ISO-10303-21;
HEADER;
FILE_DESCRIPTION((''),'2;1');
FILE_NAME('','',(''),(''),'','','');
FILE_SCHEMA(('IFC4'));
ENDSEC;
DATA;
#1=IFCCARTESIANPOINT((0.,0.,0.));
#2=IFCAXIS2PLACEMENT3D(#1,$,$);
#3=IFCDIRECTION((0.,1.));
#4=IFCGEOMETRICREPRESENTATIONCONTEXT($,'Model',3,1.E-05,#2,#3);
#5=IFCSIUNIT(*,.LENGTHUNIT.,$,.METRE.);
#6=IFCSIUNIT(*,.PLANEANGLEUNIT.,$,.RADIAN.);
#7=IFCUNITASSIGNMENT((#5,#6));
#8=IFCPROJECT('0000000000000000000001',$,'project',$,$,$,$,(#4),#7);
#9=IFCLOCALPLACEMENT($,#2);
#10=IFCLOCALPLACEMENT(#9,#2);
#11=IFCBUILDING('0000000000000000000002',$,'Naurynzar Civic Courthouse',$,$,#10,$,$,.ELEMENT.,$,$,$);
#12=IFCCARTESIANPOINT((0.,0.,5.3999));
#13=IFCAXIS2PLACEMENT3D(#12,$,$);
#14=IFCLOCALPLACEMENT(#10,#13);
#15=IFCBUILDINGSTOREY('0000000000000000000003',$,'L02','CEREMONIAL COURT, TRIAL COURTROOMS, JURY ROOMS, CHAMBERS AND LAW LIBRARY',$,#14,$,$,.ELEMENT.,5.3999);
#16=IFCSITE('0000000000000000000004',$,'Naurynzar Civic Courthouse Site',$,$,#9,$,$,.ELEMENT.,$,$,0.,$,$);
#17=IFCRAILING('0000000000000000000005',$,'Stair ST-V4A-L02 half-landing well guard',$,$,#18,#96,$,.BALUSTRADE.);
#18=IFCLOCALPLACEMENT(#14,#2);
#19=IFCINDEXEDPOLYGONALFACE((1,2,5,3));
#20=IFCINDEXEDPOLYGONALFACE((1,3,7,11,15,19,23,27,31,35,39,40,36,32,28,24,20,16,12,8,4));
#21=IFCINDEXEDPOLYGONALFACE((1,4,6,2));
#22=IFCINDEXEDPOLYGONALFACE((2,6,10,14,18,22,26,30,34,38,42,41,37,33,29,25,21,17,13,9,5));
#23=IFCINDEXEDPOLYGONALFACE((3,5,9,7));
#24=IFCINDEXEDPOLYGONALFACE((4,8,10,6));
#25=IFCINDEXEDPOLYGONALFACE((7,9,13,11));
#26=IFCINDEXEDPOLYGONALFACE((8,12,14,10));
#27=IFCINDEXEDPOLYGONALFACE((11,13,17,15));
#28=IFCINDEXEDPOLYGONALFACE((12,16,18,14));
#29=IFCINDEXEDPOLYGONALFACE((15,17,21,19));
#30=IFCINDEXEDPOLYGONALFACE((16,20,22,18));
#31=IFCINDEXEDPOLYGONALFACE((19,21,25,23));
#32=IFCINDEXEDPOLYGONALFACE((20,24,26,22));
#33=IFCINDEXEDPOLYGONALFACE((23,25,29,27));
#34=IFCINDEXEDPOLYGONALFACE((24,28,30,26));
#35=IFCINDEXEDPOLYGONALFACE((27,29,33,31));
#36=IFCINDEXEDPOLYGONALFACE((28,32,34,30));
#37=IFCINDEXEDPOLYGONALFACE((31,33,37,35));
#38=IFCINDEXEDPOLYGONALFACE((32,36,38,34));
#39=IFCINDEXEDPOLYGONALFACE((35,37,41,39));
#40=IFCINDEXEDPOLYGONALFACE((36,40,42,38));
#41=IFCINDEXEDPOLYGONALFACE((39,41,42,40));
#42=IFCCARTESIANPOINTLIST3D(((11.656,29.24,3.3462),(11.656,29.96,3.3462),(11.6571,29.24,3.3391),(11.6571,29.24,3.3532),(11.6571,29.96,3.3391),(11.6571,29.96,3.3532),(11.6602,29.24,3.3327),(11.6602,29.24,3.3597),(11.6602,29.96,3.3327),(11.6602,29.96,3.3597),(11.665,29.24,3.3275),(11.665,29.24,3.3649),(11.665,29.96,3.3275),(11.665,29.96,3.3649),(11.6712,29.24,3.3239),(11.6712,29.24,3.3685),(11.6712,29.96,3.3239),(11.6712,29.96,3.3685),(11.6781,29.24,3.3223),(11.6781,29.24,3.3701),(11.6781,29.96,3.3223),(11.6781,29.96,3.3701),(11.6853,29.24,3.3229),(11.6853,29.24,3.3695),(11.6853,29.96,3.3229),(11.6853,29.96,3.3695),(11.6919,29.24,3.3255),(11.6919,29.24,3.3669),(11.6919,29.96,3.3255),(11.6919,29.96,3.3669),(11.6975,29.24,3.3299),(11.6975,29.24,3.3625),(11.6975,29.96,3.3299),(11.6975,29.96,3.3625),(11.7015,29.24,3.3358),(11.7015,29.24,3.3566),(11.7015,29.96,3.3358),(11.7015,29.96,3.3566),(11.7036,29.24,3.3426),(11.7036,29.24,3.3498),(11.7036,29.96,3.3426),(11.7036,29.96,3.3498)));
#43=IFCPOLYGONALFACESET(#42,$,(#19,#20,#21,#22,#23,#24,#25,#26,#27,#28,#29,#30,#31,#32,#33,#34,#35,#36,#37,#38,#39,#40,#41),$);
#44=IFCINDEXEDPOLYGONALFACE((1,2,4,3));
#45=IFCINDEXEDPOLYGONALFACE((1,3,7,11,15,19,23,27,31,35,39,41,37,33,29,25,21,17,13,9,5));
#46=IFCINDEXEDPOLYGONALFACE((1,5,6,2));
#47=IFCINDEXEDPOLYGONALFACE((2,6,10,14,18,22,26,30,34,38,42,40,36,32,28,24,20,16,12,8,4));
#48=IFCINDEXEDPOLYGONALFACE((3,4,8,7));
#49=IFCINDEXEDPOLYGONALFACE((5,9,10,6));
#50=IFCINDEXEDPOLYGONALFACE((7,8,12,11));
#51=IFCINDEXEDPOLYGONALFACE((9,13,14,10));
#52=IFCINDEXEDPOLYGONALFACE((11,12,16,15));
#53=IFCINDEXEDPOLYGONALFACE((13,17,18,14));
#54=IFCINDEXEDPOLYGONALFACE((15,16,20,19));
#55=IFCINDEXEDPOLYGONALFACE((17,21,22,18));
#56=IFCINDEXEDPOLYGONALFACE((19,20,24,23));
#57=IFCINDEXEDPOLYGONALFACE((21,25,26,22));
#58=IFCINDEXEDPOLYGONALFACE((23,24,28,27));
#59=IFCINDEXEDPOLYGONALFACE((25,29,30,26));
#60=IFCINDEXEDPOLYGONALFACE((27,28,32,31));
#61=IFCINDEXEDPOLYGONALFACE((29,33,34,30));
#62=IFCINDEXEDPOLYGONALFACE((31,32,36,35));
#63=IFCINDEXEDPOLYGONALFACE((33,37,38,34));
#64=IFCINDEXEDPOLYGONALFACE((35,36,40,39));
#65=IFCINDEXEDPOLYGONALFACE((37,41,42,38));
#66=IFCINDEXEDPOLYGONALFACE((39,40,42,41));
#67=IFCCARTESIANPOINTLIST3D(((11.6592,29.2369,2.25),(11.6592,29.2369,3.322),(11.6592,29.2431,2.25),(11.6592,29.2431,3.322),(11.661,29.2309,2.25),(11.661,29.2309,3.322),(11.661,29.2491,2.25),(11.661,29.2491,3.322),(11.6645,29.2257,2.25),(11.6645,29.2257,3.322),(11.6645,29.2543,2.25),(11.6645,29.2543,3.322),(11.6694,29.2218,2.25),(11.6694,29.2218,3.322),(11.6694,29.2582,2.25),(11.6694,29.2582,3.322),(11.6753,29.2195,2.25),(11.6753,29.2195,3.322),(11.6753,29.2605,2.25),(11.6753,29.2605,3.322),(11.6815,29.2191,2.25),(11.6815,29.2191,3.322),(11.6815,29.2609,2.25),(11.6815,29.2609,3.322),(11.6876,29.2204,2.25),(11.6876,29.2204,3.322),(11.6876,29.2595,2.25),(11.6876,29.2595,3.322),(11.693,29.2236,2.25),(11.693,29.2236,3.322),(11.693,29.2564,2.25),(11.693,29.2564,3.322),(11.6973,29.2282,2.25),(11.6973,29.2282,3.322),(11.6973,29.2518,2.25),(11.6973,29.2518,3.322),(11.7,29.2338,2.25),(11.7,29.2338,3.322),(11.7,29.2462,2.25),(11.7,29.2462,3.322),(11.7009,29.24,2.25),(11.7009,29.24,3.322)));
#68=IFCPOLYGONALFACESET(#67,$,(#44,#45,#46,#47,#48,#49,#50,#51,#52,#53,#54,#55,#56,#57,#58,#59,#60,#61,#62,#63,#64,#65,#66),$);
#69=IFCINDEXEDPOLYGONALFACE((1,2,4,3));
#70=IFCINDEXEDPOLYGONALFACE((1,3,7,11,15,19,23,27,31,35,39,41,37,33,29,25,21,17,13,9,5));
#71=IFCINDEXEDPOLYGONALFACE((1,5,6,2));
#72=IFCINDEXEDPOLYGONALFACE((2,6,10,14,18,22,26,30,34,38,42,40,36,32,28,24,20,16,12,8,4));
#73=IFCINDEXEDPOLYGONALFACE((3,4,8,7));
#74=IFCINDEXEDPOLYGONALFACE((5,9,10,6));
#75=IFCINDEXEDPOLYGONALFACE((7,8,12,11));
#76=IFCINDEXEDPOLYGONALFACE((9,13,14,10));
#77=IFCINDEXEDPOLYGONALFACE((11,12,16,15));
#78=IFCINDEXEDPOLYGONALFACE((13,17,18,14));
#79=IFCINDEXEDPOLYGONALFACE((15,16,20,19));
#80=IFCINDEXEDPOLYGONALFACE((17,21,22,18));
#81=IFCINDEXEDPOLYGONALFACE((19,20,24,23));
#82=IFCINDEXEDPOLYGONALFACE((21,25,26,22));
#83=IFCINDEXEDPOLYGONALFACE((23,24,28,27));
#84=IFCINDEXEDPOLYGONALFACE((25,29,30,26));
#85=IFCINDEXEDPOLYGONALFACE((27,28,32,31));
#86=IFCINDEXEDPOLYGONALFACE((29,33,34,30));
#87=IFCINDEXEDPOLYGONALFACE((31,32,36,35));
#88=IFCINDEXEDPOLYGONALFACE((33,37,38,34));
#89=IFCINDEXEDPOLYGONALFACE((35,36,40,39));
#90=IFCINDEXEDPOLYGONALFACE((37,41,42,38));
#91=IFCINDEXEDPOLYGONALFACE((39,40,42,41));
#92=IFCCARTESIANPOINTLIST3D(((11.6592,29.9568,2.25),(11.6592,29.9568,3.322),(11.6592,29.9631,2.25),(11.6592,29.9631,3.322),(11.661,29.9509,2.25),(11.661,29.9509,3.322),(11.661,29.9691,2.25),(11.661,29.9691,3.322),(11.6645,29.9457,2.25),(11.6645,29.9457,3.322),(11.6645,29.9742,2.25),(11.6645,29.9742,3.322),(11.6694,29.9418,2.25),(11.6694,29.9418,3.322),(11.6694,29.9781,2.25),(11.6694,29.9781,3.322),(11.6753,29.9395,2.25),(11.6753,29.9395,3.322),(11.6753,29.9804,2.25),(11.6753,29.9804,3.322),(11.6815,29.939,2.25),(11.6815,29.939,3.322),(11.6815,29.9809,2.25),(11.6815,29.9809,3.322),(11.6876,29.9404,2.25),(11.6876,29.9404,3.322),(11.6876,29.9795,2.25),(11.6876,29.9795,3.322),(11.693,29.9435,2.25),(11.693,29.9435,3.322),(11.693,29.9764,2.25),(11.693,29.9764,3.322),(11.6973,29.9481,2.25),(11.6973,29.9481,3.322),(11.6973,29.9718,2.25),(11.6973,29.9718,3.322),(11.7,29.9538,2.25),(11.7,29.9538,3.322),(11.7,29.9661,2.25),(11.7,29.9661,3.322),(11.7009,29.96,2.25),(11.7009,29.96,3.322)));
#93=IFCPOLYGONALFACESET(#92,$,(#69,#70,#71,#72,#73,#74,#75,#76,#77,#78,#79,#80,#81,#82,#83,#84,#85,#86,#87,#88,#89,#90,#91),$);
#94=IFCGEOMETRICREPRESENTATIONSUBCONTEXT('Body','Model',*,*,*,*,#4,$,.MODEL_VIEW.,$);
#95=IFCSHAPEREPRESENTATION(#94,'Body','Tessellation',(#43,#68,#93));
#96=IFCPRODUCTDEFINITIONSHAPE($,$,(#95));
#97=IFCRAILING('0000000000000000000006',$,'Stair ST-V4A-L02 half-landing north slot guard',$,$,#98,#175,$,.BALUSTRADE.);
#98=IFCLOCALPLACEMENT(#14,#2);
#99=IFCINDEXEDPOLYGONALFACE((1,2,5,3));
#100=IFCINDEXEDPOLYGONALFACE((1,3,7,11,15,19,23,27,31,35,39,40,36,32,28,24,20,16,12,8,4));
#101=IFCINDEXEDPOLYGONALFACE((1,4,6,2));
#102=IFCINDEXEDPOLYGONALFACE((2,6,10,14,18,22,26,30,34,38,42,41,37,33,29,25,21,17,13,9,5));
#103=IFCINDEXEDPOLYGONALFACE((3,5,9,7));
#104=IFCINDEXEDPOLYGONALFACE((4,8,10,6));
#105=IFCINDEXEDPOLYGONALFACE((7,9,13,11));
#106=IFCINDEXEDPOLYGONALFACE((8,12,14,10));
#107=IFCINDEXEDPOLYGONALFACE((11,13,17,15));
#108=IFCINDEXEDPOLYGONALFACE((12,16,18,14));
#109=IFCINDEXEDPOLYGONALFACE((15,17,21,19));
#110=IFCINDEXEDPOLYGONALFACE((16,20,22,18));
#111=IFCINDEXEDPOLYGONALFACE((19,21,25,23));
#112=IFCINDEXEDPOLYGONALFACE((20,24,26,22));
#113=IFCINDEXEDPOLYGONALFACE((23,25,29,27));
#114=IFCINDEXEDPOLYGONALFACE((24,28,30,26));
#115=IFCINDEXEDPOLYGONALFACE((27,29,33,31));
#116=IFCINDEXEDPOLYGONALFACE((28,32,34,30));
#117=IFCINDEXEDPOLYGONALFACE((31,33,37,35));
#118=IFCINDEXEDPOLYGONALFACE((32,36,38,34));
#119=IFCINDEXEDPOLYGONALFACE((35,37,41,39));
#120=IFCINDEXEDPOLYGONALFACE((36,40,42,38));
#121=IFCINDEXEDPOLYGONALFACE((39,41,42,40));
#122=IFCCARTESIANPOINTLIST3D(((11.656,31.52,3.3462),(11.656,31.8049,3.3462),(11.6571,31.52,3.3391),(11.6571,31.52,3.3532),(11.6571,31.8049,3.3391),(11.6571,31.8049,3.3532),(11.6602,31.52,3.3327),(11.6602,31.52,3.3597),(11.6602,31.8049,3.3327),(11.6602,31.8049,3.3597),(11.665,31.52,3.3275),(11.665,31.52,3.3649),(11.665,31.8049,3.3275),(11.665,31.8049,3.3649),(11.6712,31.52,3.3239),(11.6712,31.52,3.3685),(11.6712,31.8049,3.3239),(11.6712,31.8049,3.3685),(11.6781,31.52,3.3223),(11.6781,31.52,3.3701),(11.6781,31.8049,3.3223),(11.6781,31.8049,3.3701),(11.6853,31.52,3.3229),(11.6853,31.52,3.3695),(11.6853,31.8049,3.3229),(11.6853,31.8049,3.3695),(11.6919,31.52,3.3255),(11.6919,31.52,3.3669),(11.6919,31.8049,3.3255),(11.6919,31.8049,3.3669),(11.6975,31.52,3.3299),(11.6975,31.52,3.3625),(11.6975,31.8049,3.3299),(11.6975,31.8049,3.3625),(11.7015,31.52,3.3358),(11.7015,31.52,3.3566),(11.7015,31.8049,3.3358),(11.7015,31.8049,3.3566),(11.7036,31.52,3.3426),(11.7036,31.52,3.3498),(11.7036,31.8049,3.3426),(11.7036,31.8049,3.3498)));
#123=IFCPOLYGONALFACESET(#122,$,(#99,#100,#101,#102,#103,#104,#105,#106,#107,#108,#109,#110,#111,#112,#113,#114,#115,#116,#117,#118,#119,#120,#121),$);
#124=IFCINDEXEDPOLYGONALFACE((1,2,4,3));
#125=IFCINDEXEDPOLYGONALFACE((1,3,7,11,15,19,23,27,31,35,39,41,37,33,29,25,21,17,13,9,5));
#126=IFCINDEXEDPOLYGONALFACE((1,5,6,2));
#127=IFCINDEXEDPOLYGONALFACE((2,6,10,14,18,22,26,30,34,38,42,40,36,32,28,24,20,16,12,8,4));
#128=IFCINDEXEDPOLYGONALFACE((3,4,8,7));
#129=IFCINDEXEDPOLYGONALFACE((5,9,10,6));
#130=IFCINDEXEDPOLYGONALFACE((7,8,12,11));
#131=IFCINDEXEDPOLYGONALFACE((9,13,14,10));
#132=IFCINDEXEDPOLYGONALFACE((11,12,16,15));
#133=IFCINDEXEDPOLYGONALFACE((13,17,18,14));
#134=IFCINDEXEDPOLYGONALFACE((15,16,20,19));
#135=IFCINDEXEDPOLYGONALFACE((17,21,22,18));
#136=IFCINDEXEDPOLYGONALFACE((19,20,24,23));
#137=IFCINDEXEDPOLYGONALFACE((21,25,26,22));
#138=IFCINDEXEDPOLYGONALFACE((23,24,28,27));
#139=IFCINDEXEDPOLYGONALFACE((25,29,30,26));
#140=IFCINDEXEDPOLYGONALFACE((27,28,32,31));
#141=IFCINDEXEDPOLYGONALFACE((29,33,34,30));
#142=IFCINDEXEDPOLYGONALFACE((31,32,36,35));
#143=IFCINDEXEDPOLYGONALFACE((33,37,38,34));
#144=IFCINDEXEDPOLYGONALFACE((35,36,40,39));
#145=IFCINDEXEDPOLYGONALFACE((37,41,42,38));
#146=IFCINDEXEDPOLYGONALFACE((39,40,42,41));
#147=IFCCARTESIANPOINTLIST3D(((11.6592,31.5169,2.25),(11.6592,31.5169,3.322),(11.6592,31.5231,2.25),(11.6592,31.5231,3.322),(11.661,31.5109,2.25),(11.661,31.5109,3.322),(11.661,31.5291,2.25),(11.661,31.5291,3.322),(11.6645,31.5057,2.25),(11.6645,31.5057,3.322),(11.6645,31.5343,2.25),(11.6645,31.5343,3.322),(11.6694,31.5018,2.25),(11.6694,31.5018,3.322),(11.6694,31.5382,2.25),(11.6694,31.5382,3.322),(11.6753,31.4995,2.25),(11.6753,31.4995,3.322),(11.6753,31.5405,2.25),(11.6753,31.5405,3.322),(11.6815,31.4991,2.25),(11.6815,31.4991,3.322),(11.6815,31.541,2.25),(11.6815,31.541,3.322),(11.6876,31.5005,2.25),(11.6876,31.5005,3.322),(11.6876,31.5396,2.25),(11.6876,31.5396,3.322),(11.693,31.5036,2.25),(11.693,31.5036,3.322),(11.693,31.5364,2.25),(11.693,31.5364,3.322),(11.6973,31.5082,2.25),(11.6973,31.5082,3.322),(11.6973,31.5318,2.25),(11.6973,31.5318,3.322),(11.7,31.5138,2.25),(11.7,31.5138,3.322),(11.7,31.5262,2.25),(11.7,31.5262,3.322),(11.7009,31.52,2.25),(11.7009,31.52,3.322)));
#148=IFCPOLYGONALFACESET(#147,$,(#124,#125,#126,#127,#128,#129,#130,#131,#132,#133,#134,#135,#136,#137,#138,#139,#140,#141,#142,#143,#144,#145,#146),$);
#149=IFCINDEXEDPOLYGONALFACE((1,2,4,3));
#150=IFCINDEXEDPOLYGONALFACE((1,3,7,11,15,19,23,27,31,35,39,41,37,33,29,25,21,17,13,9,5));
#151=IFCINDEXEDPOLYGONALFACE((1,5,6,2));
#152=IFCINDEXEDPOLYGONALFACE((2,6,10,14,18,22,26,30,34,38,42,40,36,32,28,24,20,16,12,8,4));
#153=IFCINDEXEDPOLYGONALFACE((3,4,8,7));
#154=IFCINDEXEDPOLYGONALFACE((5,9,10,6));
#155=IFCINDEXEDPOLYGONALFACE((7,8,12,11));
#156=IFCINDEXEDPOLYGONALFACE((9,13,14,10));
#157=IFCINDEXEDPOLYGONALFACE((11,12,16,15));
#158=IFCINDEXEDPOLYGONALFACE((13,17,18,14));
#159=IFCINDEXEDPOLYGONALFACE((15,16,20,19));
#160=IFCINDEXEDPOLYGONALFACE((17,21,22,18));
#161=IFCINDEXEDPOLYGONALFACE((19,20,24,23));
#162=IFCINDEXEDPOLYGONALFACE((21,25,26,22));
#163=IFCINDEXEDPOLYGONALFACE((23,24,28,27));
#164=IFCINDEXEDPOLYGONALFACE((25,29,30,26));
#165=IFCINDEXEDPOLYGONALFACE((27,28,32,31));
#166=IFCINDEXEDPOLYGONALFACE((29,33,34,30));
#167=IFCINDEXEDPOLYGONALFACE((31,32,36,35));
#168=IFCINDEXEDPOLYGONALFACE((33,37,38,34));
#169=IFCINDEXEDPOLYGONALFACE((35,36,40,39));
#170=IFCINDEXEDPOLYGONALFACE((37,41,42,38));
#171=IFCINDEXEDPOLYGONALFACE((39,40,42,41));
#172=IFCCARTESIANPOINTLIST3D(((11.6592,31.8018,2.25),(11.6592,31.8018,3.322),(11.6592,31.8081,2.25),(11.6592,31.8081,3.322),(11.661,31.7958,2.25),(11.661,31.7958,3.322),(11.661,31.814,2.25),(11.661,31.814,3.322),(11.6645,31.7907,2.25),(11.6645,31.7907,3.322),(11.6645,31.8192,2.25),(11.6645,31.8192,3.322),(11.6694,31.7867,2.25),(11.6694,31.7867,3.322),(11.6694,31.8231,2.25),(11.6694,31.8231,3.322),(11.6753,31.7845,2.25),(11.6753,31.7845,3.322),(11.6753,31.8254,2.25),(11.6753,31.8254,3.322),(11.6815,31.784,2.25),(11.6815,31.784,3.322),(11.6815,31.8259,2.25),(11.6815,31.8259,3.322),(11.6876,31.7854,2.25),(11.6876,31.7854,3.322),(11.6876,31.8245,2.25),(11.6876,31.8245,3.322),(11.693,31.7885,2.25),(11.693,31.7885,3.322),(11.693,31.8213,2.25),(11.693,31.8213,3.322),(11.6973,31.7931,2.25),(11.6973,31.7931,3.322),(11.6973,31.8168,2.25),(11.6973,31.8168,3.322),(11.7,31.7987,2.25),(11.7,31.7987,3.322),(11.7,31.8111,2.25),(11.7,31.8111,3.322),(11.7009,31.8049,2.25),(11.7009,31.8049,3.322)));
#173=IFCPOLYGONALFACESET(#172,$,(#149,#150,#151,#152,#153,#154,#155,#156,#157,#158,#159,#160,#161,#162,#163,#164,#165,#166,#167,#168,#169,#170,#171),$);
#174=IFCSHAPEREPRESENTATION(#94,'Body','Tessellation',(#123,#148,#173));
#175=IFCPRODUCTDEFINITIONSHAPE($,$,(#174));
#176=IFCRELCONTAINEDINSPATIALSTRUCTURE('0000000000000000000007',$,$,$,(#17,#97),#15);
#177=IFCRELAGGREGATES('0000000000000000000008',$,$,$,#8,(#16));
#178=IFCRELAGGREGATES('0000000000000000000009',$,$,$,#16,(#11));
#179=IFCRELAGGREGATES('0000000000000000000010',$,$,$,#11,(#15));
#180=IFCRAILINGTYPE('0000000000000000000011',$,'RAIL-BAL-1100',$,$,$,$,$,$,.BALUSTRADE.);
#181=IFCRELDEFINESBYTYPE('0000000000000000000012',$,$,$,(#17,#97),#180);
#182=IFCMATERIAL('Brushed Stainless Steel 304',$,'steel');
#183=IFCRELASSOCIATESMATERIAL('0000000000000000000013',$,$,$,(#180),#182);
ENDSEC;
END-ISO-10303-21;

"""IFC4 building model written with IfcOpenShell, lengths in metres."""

from ifc_helpers import new_model, si_unit, direction, frame, origin, origin_2d, place, context, subcontext, project, spatial, circle, extrude, material, type_object, element, save


model = new_model("IFC4")

# Units and contexts
model_context = context("Model", 3, precision=1e-05, world=origin(), true_north=direction((0.0, 1.0)))
body_context = subcontext(model_context, "Body", "Model", "MODEL_VIEW")
ifc_project = project(units=[si_unit("LENGTHUNIT", "METRE"), si_unit("PLANEANGLEUNIT", "RADIAN")], contexts=[model_context])

# Site, building, storey
site_placement = place(None, origin())
site = spatial("IfcSite", under=ifc_project, at=site_placement, Name="Naurynzar Civic Courthouse Site", CompositionType="ELEMENT", RefElevation=0.0)
building_placement = place(site_placement, origin())
building = spatial("IfcBuilding", under=site, at=building_placement, Name="Naurynzar Civic Courthouse", CompositionType="ELEMENT")
storey_placement = place(building_placement, frame((0.0, 0.0, 5.3999)))
storey = spatial("IfcBuildingStorey", under=building, at=storey_placement, Name="L02", Description="CEREMONIAL COURT, TRIAL COURTROOMS, JURY ROOMS, CHAMBERS AND LAW LIBRARY", CompositionType="ELEMENT", Elevation=5.3999)

# Railings
ifc_material_1 = material(Name="Brushed Stainless Steel 304", Category="steel")
railing_type_1 = type_object("IfcRailingType", Name="RAIL-BAL-1100", PredefinedType="BALUSTRADE", material=ifc_material_1)
for number, where, name in (
    (1, (11.6799, 29.24, 2.25), "Stair ST-V4A-L02 half-landing well guard"),
):
    element("IfcRailing", number, at=place(storey_placement, frame(where)), inside=storey, type_object=railing_type_1, Name=name, PredefinedType="BALUSTRADE", context=body_context, shape_type="SweptSolid", body=[
        extrude(circle(Radius=0.0239, at=origin_2d()), frame((0.0, 0.0, 1.0962), z_axis=(0.0, 1.0, 0.0), x_axis=(-1.0, 0.0, 0.0)), (0.0, 0.0, 1.0), 0.72),
        extrude(circle(Radius=0.021, at=origin_2d()), origin(), (0.0, 0.0, 1.0), 1.072),
        extrude(circle(Radius=0.021, at=origin_2d()), frame((0.0, 0.72, 0.0)), (0.0, 0.0, 1.0), 1.072),
    ])
railing_1_placement = place(storey_placement, frame((11.6799, 31.52, 2.25)))
element("IfcRailing", 2, at=railing_1_placement, inside=storey, type_object=railing_type_1, Name="Stair ST-V4A-L02 half-landing north slot guard", PredefinedType="BALUSTRADE", context=body_context, shape_type="SweptSolid", body=[
    extrude(circle(Radius=0.0239, at=origin_2d()), frame((0.0, 0.0, 1.0962), z_axis=(0.0, 1.0, 0.0), x_axis=(-1.0, 0.0, 0.0)), (0.0, 0.0, 1.0), 0.2849),
    extrude(circle(Radius=0.021, at=origin_2d()), origin(), (0.0, 0.0, 1.0), 1.072),
    extrude(circle(Radius=0.021, at=origin_2d()), frame((0.0, 0.2849, 0.0)), (0.0, 0.0, 1.0), 1.072),
])

save(model, "model.ifc")
